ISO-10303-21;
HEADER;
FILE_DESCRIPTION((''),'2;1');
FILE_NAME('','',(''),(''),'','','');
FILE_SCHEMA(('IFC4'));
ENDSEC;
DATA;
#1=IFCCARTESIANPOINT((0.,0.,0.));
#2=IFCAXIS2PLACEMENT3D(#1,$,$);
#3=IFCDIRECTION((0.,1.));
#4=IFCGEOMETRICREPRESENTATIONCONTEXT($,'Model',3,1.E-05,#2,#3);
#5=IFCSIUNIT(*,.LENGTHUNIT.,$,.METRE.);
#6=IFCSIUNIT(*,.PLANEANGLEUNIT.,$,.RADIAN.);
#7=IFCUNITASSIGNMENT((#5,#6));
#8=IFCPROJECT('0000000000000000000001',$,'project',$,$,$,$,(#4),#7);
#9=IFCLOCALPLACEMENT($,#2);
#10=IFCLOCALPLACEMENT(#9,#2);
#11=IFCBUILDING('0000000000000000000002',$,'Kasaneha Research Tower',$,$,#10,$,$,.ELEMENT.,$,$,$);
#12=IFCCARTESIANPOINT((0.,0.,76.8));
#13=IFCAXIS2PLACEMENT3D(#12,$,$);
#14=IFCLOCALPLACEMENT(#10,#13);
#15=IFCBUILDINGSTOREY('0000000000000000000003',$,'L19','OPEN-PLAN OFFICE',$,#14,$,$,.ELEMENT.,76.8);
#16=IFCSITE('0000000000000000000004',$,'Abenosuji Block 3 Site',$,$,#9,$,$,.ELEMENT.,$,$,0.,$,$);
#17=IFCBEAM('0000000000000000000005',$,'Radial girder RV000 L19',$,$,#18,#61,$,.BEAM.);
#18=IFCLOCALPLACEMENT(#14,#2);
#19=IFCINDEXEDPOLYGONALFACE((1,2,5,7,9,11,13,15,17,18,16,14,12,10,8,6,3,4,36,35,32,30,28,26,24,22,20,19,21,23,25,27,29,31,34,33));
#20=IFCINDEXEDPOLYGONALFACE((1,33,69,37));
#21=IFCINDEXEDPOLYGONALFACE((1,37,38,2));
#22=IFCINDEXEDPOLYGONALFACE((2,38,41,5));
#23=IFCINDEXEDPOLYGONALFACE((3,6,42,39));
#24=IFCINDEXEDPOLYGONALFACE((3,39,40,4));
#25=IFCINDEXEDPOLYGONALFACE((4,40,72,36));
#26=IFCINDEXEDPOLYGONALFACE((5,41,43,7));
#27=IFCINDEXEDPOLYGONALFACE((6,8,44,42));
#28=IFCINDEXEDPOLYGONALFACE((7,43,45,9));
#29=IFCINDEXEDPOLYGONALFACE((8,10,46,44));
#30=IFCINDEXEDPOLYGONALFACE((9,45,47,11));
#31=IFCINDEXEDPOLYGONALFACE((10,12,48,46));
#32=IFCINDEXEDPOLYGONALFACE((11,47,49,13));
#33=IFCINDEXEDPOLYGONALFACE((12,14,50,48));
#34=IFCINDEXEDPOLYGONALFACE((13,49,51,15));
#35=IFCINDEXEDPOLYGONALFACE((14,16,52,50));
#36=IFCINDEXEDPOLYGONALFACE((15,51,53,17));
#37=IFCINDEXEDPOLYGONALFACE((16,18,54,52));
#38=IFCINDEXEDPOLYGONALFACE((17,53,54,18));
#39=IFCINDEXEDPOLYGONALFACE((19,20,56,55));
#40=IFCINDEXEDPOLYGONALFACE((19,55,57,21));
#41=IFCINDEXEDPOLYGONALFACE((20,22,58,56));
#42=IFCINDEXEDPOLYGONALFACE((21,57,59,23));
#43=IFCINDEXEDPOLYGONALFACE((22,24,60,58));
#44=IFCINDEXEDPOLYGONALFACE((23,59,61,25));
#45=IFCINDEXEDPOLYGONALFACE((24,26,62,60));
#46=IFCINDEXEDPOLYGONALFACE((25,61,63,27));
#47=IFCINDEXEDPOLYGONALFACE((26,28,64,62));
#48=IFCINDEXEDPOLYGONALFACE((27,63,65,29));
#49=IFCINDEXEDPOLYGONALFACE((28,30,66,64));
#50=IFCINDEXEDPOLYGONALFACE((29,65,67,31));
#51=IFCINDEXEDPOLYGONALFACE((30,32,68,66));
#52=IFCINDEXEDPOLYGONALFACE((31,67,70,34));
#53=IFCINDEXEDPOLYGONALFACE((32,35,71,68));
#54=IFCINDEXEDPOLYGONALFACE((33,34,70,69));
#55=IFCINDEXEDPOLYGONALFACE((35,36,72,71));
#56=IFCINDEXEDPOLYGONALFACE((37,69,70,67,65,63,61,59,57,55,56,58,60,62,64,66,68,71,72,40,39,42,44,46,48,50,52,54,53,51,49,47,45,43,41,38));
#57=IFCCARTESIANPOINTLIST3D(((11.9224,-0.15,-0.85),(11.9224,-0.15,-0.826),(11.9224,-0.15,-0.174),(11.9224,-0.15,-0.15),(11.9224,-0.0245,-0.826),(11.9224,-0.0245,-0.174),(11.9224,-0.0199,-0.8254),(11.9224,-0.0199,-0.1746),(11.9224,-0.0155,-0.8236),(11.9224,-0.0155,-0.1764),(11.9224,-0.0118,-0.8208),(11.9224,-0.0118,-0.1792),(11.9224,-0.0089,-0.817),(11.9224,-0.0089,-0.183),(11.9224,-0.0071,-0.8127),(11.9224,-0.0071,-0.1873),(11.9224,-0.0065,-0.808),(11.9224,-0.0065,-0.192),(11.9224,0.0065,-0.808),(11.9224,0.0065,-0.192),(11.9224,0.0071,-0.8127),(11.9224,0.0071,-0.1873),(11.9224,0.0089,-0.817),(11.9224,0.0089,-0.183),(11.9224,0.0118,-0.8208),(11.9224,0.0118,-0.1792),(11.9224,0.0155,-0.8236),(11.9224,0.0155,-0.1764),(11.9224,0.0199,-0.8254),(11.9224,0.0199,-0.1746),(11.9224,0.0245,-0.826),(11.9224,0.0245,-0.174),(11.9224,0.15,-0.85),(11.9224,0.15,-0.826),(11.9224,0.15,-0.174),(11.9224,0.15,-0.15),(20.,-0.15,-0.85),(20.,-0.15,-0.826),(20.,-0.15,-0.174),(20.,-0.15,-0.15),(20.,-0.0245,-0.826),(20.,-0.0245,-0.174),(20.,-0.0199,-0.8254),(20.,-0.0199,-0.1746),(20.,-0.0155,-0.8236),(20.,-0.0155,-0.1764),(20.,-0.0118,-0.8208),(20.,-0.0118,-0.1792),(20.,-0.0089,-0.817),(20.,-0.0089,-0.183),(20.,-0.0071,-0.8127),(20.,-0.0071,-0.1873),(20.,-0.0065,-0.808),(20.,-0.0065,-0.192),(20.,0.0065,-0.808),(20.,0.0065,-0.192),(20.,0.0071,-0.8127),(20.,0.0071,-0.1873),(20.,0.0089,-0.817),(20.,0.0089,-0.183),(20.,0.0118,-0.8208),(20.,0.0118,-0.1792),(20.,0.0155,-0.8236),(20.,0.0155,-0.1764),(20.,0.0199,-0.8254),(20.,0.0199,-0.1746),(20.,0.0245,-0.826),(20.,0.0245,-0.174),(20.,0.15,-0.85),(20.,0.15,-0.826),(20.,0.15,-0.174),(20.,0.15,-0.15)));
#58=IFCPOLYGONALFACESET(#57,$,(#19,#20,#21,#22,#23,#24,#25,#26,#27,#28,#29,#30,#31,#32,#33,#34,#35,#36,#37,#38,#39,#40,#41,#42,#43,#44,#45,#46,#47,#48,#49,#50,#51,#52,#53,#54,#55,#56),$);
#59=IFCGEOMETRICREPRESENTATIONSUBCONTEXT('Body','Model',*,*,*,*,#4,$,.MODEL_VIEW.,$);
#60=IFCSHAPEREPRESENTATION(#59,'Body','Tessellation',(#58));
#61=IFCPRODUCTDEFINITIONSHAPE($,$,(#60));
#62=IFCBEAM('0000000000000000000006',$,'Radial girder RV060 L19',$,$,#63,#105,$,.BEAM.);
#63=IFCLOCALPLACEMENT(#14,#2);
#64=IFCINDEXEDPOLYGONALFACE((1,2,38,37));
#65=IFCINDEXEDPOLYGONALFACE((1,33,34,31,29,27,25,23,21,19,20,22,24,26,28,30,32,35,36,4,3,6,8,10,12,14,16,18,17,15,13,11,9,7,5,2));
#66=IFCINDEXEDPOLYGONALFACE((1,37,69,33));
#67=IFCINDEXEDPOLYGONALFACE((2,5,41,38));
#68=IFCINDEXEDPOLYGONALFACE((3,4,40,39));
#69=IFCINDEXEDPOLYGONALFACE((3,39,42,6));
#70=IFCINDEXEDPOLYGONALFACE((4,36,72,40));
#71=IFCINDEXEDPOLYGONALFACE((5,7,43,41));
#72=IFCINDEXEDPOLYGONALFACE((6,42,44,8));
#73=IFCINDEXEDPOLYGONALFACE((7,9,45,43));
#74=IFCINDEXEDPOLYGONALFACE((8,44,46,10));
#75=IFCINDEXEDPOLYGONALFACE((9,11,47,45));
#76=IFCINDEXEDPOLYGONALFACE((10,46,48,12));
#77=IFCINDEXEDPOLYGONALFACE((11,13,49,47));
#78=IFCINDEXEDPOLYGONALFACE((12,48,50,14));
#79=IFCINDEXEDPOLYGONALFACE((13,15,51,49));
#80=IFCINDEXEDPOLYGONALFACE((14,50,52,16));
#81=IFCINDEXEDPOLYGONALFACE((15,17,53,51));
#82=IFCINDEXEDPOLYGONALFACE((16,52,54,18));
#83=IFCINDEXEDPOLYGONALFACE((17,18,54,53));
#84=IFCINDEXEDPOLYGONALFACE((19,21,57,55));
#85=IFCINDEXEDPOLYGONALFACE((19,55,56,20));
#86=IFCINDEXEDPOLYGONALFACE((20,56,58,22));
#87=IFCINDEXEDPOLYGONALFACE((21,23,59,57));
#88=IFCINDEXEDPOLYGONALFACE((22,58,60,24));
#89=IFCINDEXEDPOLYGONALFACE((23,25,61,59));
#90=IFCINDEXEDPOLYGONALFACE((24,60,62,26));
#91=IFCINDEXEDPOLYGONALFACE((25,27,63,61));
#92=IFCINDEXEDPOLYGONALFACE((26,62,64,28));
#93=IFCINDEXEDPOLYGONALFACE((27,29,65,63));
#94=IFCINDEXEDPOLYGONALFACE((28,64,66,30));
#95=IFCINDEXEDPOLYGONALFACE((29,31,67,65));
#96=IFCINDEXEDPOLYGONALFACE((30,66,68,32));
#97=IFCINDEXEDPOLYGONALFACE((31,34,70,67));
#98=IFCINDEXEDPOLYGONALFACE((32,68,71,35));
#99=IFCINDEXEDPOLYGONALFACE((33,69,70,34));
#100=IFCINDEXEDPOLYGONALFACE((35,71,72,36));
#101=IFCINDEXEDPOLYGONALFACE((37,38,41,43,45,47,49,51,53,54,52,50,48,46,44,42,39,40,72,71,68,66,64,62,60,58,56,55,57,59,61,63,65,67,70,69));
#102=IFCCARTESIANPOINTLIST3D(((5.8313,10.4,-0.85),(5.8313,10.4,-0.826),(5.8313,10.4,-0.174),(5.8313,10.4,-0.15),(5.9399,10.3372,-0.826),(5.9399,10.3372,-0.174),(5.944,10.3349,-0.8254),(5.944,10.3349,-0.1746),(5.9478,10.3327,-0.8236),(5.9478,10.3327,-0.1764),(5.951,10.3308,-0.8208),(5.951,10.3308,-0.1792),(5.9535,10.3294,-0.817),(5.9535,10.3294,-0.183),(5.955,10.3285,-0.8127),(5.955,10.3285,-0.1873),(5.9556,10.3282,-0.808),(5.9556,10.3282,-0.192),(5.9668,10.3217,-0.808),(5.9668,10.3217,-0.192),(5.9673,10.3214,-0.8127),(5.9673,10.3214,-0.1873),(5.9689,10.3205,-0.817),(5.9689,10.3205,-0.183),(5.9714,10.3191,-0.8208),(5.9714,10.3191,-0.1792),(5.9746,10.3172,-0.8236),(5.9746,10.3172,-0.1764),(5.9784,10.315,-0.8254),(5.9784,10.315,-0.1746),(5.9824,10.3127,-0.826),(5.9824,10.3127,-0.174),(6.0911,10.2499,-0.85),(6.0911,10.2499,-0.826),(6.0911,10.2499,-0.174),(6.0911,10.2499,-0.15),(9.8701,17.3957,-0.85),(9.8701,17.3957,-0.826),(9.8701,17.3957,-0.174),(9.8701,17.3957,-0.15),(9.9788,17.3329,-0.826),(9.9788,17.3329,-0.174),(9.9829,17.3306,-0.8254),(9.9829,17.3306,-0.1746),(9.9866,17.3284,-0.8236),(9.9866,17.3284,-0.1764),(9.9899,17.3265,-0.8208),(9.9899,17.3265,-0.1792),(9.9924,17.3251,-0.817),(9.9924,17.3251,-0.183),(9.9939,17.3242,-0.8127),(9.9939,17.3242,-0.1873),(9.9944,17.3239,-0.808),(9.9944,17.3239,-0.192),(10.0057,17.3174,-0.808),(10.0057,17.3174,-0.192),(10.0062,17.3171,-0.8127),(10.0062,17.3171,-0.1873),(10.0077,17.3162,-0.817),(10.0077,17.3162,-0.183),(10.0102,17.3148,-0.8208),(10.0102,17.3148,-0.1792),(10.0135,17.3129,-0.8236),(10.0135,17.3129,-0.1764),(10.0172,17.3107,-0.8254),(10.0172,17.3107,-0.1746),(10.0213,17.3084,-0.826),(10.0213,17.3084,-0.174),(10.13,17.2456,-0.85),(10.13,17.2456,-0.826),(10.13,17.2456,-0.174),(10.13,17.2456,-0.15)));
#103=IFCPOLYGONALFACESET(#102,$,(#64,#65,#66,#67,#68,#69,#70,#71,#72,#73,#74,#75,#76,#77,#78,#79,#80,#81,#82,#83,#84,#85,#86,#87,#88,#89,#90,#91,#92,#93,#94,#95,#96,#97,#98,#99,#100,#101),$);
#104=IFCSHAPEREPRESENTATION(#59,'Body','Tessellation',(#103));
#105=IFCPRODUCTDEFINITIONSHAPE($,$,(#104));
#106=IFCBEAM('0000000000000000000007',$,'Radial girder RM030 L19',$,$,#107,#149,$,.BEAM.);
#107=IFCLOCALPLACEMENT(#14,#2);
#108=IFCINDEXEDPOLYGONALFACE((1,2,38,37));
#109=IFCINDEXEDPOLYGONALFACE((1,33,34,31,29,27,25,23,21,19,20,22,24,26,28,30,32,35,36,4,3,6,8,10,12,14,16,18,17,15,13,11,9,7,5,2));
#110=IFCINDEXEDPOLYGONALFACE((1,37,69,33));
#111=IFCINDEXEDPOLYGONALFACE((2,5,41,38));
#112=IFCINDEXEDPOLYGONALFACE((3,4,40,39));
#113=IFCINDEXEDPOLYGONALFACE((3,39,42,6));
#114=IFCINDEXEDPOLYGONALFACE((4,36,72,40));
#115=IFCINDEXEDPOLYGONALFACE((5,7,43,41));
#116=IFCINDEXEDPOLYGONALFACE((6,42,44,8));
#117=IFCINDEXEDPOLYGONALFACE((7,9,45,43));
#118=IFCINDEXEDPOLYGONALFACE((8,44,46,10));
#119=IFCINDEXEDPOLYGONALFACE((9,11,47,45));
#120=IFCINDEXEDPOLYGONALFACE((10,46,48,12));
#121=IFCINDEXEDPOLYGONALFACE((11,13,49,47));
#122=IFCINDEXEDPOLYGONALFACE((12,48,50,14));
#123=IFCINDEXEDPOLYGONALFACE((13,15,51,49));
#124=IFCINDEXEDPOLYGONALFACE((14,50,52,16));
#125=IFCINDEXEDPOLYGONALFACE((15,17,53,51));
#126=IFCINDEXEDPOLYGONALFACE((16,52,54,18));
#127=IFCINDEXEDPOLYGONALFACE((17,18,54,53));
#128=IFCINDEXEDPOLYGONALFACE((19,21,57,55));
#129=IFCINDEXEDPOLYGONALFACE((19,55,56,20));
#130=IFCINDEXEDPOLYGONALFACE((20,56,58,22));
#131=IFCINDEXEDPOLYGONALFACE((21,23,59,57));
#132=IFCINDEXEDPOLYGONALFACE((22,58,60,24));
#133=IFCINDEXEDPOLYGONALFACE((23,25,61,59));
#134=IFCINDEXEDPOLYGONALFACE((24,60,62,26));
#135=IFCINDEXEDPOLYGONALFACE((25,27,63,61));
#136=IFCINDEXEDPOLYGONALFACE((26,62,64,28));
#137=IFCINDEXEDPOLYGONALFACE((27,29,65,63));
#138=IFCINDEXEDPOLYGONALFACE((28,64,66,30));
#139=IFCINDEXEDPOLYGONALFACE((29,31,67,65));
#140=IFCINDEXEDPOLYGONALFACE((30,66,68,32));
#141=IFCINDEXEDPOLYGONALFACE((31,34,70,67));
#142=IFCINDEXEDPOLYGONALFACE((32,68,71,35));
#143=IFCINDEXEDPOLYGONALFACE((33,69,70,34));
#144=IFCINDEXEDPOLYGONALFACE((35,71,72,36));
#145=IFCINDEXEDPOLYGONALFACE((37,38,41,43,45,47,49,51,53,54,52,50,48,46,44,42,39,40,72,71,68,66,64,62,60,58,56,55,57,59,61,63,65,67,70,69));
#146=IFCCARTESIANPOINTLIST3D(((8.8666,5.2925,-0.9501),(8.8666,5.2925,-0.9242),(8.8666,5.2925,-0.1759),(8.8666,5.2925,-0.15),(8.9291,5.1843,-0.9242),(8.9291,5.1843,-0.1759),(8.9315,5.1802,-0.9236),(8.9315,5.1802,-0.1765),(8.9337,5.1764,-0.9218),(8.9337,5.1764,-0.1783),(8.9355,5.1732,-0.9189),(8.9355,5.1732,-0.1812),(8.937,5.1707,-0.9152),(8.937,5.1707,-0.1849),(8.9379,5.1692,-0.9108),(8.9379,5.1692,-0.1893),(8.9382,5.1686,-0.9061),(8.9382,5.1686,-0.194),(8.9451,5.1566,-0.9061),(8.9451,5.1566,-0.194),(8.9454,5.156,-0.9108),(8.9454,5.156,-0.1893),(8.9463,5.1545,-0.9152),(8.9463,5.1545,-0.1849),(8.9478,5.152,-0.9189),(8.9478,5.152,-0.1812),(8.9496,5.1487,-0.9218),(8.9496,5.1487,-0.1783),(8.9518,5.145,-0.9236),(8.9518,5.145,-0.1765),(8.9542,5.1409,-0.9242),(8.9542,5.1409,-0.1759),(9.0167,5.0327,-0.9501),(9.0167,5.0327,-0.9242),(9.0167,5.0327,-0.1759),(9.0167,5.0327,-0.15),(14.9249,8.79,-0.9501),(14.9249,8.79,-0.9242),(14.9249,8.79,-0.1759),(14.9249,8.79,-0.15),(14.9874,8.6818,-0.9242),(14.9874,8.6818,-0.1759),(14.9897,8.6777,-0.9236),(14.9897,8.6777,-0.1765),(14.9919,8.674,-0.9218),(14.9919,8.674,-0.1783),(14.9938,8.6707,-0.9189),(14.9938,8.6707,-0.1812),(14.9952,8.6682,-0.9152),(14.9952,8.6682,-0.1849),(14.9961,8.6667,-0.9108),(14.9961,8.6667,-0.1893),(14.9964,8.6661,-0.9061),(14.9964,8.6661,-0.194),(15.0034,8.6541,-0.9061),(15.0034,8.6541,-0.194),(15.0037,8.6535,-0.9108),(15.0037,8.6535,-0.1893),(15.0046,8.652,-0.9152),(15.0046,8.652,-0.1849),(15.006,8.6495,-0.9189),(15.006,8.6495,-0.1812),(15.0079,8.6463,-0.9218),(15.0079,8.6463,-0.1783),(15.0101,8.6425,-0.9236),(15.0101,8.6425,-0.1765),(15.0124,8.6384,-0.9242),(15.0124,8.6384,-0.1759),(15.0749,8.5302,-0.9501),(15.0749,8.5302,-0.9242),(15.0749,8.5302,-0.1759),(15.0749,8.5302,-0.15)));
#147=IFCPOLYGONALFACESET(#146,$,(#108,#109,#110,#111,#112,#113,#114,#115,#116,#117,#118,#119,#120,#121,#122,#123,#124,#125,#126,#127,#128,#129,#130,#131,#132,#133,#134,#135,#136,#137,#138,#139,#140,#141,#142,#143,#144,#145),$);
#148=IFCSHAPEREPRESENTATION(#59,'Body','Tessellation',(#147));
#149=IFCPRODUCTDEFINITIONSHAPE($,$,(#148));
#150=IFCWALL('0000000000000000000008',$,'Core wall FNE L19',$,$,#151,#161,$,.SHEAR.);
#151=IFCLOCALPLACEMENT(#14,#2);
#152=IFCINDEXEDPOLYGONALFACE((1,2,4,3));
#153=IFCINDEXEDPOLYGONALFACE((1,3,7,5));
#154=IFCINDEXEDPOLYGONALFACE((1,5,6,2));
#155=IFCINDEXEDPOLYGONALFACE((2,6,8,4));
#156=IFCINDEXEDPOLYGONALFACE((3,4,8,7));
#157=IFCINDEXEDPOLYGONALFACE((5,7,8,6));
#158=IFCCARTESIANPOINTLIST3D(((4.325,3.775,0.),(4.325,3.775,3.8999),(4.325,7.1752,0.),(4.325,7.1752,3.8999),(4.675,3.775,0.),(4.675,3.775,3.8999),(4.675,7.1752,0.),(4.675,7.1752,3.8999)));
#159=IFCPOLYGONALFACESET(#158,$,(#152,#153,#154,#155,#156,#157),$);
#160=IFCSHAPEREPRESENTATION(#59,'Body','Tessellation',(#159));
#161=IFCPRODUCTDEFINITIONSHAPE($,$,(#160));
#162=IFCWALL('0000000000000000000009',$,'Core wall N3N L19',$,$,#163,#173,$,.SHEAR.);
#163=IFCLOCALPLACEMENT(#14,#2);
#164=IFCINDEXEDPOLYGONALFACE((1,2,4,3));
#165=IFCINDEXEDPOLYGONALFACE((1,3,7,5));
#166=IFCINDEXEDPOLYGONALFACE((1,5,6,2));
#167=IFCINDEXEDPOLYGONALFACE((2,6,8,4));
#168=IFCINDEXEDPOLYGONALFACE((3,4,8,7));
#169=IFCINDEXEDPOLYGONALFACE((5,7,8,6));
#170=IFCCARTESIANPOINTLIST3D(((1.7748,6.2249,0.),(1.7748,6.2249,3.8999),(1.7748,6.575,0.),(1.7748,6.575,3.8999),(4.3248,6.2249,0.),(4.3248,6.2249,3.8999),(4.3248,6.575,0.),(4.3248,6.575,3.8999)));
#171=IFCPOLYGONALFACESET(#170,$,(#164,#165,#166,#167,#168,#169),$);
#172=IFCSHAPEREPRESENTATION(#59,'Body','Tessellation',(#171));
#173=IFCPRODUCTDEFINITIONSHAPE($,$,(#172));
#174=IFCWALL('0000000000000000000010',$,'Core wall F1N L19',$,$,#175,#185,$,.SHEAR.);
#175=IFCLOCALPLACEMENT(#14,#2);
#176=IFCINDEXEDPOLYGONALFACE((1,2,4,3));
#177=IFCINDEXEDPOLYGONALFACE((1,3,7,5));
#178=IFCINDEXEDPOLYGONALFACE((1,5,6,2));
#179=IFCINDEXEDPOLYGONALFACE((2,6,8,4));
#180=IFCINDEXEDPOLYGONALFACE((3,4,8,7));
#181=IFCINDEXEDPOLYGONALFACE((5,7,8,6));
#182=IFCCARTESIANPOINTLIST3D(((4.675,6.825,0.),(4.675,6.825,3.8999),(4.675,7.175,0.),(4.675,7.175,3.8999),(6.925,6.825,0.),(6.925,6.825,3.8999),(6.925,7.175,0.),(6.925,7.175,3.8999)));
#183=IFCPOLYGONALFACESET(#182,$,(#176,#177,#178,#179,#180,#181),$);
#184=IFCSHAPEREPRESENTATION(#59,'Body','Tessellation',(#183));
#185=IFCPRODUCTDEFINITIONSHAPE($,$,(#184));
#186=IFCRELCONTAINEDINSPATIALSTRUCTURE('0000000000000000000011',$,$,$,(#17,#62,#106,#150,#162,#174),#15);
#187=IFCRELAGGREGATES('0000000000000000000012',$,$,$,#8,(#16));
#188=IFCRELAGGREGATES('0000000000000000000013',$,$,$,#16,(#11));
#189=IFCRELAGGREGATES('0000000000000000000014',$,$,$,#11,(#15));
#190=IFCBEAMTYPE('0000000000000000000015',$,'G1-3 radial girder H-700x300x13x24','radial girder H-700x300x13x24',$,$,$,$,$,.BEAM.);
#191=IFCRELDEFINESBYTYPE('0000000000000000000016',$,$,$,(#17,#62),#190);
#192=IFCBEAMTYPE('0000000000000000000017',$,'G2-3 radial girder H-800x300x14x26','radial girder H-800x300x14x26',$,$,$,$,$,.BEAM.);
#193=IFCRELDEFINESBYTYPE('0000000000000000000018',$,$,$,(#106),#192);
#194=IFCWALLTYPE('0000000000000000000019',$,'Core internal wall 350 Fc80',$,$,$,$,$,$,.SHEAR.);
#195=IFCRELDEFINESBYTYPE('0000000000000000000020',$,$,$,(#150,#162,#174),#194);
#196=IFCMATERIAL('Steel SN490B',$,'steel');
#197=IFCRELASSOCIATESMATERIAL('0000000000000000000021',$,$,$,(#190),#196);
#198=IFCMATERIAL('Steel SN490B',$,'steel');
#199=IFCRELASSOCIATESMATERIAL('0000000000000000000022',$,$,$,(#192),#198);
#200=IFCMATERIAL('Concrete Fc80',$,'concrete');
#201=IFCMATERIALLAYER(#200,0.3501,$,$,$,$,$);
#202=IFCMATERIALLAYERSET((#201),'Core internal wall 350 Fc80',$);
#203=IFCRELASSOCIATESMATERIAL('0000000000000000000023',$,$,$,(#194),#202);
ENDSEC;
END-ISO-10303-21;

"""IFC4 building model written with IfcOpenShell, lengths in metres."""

from ifc_helpers import new_model, si_unit, direction, frame, frame_2d, origin, origin_2d, place, context, subcontext, project, spatial, rectangle, i_section, extrude, material, layer, layer_set, material_profile, profile_set, type_object, element, save


model = new_model("IFC4")

# Units and contexts
model_context = context("Model", 3, precision=1e-05, world=origin(), true_north=direction((0.0, 1.0)))
body_context = subcontext(model_context, "Body", "Model", "MODEL_VIEW")
ifc_project = project(units=[si_unit("LENGTHUNIT", "METRE"), si_unit("PLANEANGLEUNIT", "RADIAN")], contexts=[model_context])

# Site, building, storey
site_placement = place(None, origin())
site = spatial("IfcSite", under=ifc_project, at=site_placement, Name="Abenosuji Block 3 Site", CompositionType="ELEMENT", RefElevation=0.0)
building_placement = place(site_placement, origin())
building = spatial("IfcBuilding", under=site, at=building_placement, Name="Kasaneha Research Tower", CompositionType="ELEMENT")
storey_placement = place(building_placement, frame((0.0, 0.0, 76.8)))
storey = spatial("IfcBuildingStorey", under=building, at=storey_placement, Name="L19", Description="OPEN-PLAN OFFICE", CompositionType="ELEMENT", Elevation=76.8)

# Beams
ifc_material_1 = material(Name="Steel SN490B", Category="steel")
ifc_material_profile_1 = material_profile(ifc_material_1, i_section(OverallWidth=0.3, OverallDepth=0.7, WebThickness=0.0129, FlangeThickness=0.0239, FilletRadius=0.0181, at=origin_2d()), Name="H-700x300x13x24")
ifc_profile_set_1 = profile_set([ifc_material_profile_1], Name="Steel SN490B")
beam_type_1 = type_object("IfcBeamType", Name="G1-3 radial girder H-700x300x13x24", Description="radial girder H-700x300x13x24", PredefinedType="BEAM", material=ifc_profile_set_1)
beam_1_placement = place(storey_placement, frame((11.9224, 0.0, -0.5), z_axis=(1.0, 0.0, 0.0), x_axis=(0.0, 1.0, 0.0)))
element("IfcBeam", 1, at=beam_1_placement, inside=storey, type_object=beam_type_1, Name="Radial girder RV000 L19", PredefinedType="BEAM", context=body_context, shape_type="SweptSolid", body=[
    extrude(i_section(OverallWidth=0.3, OverallDepth=0.7, WebThickness=0.0129, FlangeThickness=0.0239, FilletRadius=0.0181, at=origin_2d()), origin(), (0.0, 0.0, 1.0), 8.0776),
])
beam_2_placement = place(storey_placement, frame((5.9612, 10.325, -0.5), z_axis=(0.499991, 0.866031, 0.0), x_axis=(-0.866031, 0.499991, 0.0)))
element("IfcBeam", 2, at=beam_2_placement, inside=storey, type_object=beam_type_1, Name="Radial girder RV060 L19", PredefinedType="BEAM", context=body_context, shape_type="SweptSolid", body=[
    extrude(i_section(OverallWidth=0.3, OverallDepth=0.7, WebThickness=0.0129, FlangeThickness=0.0239, FilletRadius=0.0181, at=origin_2d()), origin(), (0.0, 0.0, 1.0), 8.0779),
])
ifc_material_2 = material(Name="Steel SN490B", Category="steel")
ifc_material_profile_2 = material_profile(ifc_material_2, i_section(OverallWidth=0.3, OverallDepth=0.8, WebThickness=0.0139, FlangeThickness=0.0259, FilletRadius=0.0181, at=origin_2d()), Name="H-800x300x14x26")
ifc_profile_set_2 = profile_set([ifc_material_profile_2], Name="Steel SN490B")
beam_type_2 = type_object("IfcBeamType", Name="G2-3 radial girder H-800x300x14x26", Description="radial girder H-800x300x14x26", PredefinedType="BEAM", material=ifc_profile_set_2)
beam_3_placement = place(storey_placement, frame((8.9417, 5.1626, -0.55), z_axis=(0.86604, 0.499975, 0.0), x_axis=(-0.499975, 0.86604, 0.0)))
element("IfcBeam", 3, at=beam_3_placement, inside=storey, type_object=beam_type_2, Name="Radial girder RM030 L19", PredefinedType="BEAM", context=body_context, shape_type="SweptSolid", body=[
    extrude(i_section(OverallWidth=0.3, OverallDepth=0.8, WebThickness=0.0139, FlangeThickness=0.0259, FilletRadius=0.0181, at=origin_2d()), origin(), (0.0, 0.0, 1.0), 6.9954),
])

# Walls
ifc_material_3 = material(Name="Concrete Fc80", Category="concrete")
ifc_layer_1 = layer(ifc_material_3, 0.3501)
ifc_layer_set_1 = layer_set([ifc_layer_1], Name="Core internal wall 350 Fc80")
wall_type_1 = type_object("IfcWallType", Name="Core internal wall 350 Fc80", PredefinedType="SHEAR", material=ifc_layer_set_1)
wall_1_placement = place(storey_placement, frame((4.5, 3.7749, 0.0), z_axis=(0.0, 0.0, 1.0), x_axis=(0.0, 1.0, 0.0)))
element("IfcWall", 4, at=wall_1_placement, inside=storey, type_object=wall_type_1, Name="Core wall FNE L19", PredefinedType="SHEAR", context=body_context, shape_type="SweptSolid", body=[
    extrude(rectangle(XDim=3.4001, YDim=0.3501, at=frame_2d((1.7002, 0.0))), origin(), (0.0, 0.0, 1.0), 3.8999),
])
wall_2_placement = place(storey_placement, frame((1.7749, 6.3999, 0.0), z_axis=(0.0, 0.0, 1.0), x_axis=(1.0, 0.0, 0.0)))
element("IfcWall", 5, at=wall_2_placement, inside=storey, type_object=wall_type_1, Name="Core wall N3N L19", PredefinedType="SHEAR", context=body_context, shape_type="SweptSolid", body=[
    extrude(rectangle(XDim=2.55, YDim=0.3501, at=frame_2d((1.2749, 0.0))), origin(), (0.0, 0.0, 1.0), 3.8999),
])
wall_3_placement = place(storey_placement, frame((4.675, 7.0, 0.0), z_axis=(0.0, 0.0, 1.0), x_axis=(1.0, 0.0, 0.0)))
element("IfcWall", 6, at=wall_3_placement, inside=storey, type_object=wall_type_1, Name="Core wall F1N L19", PredefinedType="SHEAR", context=body_context, shape_type="SweptSolid", body=[
    extrude(rectangle(XDim=2.25, YDim=0.3501, at=frame_2d((1.125, 0.0))), origin(), (0.0, 0.0, 1.0), 3.8999),
])

save(model, "model.ifc")
